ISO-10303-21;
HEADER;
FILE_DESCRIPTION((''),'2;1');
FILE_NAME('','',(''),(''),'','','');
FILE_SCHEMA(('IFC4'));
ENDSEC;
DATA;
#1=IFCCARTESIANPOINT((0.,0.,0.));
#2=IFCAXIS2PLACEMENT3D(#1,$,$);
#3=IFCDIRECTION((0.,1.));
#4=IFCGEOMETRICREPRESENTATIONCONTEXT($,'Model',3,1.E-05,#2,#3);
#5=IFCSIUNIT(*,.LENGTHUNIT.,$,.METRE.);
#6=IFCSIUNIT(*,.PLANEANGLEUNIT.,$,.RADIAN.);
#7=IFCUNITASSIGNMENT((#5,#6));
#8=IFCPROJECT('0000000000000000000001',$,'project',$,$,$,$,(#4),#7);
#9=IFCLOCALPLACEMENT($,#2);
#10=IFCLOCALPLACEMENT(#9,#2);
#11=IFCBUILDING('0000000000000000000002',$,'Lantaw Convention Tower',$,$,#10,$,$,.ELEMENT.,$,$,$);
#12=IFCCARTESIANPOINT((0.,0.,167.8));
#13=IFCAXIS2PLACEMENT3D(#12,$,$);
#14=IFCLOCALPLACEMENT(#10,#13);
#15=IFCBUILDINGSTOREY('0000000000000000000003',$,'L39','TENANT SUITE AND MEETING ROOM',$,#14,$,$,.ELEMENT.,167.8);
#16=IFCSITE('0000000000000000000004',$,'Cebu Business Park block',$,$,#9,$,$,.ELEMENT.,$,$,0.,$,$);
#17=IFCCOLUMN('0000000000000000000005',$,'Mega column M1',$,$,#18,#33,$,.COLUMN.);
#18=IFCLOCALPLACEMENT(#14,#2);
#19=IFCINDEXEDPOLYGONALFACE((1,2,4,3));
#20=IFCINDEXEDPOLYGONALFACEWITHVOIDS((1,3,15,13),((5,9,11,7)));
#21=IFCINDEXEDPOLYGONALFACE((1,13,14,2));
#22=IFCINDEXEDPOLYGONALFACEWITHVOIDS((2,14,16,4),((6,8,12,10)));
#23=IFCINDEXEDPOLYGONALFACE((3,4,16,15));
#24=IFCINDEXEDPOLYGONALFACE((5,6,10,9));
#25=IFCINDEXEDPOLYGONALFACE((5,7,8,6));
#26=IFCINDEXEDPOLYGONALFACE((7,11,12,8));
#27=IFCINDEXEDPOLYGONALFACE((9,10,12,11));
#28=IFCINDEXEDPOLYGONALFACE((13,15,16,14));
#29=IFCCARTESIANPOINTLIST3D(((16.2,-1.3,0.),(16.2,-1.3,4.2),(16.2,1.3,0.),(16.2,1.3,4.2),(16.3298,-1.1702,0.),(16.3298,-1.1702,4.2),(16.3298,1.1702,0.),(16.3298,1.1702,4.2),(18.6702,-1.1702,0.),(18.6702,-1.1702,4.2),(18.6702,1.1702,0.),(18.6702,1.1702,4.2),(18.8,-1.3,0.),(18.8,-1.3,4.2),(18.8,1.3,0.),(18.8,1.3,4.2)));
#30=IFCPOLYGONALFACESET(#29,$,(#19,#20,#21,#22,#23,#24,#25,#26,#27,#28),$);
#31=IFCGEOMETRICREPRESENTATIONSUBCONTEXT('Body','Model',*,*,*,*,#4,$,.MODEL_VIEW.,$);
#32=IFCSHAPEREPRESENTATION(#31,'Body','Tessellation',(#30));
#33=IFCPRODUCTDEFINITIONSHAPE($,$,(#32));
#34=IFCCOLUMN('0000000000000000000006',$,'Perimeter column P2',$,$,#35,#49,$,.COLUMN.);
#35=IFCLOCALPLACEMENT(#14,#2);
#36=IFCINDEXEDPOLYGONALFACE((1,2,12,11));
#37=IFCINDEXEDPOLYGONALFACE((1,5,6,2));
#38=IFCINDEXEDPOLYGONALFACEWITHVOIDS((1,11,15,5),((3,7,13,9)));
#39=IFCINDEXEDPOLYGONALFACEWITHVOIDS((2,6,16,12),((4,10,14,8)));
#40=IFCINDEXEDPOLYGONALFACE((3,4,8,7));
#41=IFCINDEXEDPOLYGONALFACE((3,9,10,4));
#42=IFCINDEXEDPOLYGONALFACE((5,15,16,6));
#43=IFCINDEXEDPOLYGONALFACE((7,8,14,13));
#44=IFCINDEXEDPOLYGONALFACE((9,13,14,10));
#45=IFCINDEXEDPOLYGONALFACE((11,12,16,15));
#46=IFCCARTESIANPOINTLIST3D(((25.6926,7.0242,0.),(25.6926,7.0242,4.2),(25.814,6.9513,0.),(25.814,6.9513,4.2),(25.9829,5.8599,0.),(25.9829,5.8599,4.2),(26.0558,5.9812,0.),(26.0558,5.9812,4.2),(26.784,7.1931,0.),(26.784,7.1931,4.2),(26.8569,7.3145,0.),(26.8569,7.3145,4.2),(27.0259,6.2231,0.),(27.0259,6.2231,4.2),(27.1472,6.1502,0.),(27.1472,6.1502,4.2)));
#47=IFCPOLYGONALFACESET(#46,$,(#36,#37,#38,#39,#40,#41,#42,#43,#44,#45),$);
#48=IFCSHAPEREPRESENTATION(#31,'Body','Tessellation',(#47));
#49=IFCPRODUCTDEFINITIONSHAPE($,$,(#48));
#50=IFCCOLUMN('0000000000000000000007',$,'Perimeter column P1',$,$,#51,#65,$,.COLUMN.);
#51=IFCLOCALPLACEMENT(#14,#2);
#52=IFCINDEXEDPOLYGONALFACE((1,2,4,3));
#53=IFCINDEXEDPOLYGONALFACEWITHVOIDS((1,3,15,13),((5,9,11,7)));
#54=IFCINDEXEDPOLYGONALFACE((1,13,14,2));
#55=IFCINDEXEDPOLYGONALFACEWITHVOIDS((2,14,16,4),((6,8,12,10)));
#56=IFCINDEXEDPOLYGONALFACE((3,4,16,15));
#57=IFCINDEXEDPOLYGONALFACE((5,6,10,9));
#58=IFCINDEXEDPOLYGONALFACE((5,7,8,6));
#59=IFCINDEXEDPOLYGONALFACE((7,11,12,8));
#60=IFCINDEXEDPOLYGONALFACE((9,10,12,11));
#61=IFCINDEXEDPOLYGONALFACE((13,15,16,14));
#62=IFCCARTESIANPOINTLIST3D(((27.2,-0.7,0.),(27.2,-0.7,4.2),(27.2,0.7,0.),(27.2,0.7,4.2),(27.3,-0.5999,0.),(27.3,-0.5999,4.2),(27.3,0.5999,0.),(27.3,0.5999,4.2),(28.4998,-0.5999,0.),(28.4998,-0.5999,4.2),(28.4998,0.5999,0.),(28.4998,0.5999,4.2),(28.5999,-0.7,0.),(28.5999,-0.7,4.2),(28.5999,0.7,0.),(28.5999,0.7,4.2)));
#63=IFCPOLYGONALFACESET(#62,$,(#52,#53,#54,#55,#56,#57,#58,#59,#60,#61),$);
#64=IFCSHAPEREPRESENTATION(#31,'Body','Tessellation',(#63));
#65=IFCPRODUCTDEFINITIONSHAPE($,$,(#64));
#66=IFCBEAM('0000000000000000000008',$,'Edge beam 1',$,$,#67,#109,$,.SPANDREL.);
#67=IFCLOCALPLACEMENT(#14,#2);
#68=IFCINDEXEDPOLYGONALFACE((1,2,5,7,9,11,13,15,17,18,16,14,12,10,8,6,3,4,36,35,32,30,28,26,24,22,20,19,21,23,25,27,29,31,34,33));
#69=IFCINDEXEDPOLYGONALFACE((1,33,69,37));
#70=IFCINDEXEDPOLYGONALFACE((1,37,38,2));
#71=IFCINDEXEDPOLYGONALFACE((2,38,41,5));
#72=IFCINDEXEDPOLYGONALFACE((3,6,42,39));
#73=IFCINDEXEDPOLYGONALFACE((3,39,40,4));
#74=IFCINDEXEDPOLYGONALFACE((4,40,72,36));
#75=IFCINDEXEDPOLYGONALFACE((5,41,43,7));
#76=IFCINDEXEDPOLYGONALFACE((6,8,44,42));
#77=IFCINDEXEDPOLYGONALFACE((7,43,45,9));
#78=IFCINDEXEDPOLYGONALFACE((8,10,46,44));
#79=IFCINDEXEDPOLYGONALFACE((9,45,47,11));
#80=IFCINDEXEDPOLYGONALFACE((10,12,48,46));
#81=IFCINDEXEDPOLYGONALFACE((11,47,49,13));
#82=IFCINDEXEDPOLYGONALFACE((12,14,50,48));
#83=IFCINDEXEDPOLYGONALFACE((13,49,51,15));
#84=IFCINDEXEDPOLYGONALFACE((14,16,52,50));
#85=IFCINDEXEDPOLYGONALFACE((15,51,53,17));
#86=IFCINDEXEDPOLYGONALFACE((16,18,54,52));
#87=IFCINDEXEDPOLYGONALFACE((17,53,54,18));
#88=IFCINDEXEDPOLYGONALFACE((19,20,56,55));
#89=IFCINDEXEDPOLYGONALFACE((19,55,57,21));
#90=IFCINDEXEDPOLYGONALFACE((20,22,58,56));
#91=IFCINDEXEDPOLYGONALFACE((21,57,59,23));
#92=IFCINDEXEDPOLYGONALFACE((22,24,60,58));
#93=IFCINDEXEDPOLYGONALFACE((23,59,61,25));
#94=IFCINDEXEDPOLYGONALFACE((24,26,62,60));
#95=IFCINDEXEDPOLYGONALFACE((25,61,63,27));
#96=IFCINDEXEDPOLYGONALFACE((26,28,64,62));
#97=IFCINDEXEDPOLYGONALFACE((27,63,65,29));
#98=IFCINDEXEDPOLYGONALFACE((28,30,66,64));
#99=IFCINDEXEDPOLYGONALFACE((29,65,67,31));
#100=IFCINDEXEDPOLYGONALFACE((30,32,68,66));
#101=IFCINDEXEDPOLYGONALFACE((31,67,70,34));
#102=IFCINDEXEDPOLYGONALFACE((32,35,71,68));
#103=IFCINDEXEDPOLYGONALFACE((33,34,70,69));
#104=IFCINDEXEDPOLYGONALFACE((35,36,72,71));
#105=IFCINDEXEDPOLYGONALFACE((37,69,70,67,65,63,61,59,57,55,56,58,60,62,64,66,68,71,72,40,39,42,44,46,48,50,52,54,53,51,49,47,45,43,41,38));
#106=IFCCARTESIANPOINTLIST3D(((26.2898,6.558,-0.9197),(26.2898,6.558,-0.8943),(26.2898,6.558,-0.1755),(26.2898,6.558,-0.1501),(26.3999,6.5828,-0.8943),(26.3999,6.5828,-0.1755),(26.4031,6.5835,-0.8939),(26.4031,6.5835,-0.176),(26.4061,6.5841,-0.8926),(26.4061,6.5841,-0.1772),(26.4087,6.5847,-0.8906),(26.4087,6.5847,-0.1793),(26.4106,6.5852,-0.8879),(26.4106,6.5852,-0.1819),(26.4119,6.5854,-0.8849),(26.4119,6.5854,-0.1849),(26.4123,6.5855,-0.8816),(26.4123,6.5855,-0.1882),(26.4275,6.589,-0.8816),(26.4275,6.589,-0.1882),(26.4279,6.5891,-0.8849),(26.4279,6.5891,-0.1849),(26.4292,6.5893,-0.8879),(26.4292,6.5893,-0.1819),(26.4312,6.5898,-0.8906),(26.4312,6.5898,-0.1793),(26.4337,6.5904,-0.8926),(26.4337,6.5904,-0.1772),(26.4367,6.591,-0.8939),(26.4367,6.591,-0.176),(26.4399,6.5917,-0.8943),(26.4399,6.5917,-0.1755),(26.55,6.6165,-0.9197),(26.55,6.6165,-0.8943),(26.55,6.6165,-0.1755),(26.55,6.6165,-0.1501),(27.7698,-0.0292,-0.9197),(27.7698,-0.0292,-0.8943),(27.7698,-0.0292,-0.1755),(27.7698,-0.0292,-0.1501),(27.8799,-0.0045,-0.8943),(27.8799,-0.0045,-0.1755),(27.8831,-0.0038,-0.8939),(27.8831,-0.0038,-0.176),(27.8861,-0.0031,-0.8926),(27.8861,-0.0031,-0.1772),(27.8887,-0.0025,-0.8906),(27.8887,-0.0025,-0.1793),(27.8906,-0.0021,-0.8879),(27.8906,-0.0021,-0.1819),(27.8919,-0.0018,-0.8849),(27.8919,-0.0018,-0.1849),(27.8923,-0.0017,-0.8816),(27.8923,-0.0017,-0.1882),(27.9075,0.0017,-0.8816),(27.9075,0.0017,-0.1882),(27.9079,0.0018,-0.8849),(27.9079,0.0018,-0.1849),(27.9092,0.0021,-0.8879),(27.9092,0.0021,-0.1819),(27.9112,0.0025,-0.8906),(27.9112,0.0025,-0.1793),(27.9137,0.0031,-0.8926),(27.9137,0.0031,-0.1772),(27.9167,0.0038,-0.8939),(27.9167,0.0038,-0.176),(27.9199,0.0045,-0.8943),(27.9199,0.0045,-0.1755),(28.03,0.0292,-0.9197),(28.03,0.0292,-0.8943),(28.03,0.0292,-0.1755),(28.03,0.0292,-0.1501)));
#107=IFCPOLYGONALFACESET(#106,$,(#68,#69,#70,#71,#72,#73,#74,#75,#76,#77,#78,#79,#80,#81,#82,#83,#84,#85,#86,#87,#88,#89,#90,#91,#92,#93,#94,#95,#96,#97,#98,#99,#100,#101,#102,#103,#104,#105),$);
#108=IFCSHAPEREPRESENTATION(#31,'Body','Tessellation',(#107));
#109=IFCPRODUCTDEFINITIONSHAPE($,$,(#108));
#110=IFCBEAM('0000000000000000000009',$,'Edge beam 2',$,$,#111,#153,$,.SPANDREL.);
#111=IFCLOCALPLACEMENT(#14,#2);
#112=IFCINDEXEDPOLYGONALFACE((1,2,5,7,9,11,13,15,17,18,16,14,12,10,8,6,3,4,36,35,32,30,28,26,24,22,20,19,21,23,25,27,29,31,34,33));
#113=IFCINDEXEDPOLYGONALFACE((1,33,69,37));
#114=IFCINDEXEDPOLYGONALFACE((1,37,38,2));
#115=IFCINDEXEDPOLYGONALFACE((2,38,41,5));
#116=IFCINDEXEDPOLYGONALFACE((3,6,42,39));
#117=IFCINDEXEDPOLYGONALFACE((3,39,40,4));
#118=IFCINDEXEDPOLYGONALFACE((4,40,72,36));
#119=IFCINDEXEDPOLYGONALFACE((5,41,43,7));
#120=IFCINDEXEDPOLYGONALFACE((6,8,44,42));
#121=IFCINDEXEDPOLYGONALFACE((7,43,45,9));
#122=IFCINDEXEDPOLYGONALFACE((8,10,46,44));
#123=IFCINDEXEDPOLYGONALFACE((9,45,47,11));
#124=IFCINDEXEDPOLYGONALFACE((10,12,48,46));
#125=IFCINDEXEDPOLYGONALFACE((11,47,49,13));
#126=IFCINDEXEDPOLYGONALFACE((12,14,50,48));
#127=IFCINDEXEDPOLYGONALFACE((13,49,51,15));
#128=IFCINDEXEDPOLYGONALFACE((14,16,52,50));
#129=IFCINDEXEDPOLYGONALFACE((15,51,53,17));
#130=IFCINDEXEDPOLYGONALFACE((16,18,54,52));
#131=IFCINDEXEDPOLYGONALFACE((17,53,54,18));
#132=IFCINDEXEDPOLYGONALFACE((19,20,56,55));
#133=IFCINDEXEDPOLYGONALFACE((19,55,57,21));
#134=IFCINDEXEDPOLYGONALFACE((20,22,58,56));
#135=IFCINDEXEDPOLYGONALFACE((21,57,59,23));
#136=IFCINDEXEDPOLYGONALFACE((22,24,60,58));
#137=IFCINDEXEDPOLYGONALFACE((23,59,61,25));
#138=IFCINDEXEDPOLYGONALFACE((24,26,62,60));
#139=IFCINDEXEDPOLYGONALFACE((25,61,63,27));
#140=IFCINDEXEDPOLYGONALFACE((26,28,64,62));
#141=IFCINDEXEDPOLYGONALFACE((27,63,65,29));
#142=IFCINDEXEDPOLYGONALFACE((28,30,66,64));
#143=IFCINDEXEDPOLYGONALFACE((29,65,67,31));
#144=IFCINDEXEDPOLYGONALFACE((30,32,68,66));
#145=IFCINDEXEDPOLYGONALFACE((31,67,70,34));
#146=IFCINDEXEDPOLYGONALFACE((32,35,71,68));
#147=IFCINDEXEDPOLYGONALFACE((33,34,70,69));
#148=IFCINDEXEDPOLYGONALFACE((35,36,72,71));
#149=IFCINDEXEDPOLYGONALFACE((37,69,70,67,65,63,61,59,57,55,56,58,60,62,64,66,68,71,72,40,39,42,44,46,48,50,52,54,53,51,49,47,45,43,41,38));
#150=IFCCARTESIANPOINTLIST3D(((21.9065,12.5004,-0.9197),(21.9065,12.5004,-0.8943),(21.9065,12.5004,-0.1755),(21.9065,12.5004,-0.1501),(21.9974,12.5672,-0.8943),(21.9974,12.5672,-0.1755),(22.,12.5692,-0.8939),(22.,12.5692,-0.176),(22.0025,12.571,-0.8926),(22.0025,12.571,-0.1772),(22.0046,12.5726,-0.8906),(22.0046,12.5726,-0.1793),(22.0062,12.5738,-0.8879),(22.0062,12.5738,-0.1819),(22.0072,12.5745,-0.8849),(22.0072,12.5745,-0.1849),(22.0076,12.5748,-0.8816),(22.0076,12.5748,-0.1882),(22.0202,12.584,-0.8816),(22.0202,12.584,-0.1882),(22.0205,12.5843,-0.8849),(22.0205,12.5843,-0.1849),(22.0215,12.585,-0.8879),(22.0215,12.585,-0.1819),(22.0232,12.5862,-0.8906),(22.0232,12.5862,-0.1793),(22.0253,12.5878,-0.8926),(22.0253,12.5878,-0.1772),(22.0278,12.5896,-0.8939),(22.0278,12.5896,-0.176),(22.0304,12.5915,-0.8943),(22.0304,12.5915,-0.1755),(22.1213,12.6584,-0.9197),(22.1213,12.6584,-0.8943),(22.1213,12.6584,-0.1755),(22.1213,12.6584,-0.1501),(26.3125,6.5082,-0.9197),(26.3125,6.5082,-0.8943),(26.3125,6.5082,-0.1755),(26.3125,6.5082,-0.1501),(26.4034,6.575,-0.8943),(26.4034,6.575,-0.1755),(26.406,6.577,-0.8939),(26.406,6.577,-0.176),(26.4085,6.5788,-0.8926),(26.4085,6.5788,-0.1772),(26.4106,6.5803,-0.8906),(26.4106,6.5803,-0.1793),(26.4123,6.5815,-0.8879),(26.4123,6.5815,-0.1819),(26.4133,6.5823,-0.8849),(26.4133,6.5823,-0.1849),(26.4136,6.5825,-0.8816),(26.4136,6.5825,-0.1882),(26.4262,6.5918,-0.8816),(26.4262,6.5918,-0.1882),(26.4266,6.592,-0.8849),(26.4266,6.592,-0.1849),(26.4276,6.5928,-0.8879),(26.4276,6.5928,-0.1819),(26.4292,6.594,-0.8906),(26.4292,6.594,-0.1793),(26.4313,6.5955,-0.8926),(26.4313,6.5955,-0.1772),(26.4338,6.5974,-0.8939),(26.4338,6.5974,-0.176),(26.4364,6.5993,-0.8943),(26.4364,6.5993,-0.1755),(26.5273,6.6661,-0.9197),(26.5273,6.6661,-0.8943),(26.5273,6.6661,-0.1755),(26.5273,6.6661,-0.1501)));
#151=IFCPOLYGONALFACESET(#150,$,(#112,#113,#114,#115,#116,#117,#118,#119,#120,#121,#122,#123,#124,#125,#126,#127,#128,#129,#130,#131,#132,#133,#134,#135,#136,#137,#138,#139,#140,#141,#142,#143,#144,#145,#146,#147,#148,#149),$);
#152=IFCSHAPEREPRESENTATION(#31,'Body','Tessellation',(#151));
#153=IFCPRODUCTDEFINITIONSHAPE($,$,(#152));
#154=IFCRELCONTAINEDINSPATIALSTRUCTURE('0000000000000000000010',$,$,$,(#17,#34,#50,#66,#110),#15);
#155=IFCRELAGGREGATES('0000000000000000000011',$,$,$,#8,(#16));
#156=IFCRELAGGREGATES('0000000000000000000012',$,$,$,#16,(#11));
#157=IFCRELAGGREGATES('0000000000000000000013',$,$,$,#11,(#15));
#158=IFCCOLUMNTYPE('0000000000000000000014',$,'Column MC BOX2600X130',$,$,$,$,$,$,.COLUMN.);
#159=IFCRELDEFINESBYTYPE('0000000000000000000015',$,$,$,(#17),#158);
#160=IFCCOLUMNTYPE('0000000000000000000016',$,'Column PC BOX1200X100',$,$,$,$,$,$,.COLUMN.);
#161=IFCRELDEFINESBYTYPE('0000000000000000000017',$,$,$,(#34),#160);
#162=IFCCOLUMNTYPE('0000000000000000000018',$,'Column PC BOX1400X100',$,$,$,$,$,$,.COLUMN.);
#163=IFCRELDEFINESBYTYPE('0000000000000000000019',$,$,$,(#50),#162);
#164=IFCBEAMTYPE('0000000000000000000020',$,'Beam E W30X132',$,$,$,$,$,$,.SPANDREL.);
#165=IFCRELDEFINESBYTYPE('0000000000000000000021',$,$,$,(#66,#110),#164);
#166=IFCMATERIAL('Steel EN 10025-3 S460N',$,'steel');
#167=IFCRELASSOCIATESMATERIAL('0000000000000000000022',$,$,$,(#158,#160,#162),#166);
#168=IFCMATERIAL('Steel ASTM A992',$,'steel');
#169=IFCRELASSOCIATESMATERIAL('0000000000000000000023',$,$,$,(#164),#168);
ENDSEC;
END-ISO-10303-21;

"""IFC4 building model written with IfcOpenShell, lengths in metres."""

from ifc_helpers import new_model, si_unit, direction, frame, origin, origin_2d, place, context, subcontext, project, spatial, rectangle, hollow_rectangle, i_section, extrude, material, material_profile, profile_set, type_object, element, save


model = new_model("IFC4")

# Units and contexts
model_context = context("Model", 3, precision=1e-05, world=origin(), true_north=direction((0.0, 1.0)))
body_context = subcontext(model_context, "Body", "Model", "MODEL_VIEW")
ifc_project = project(units=[si_unit("LENGTHUNIT", "METRE"), si_unit("PLANEANGLEUNIT", "RADIAN")], contexts=[model_context])

# Site, building, storey
site_placement = place(None, origin())
site = spatial("IfcSite", under=ifc_project, at=site_placement, Name="Cebu Business Park block", CompositionType="ELEMENT", RefElevation=0.0)
building_placement = place(site_placement, origin())
building = spatial("IfcBuilding", under=site, at=building_placement, Name="Lantaw Convention Tower", CompositionType="ELEMENT")
storey_placement = place(building_placement, frame((0.0, 0.0, 167.8)))
storey = spatial("IfcBuildingStorey", under=building, at=storey_placement, Name="L39", Description="TENANT SUITE AND MEETING ROOM", CompositionType="ELEMENT", Elevation=167.8)

# Columns
ifc_material_1 = material(Name="Steel EN 10025-3 S460N", Category="steel")
ifc_material_profile_1 = material_profile(ifc_material_1, hollow_rectangle(XDim=2.6001, YDim=2.6001, WallThickness=0.1299, at=origin_2d()), Name="BOX2600X130")
ifc_material_2 = material(Name="Concrete C60/75", Category="concrete")
ifc_material_profile_2 = material_profile(ifc_material_2, rectangle(XDim=2.3401, YDim=2.3401, at=origin_2d()), Name="Concrete fill of BOX2600X130")
ifc_profile_set_1 = profile_set([ifc_material_profile_1, ifc_material_profile_2], Name="Steel EN 10025-3 S460N")
column_type_1 = type_object("IfcColumnType", Name="Column MC BOX2600X130", PredefinedType="COLUMN", material=ifc_profile_set_1)
column_1_placement = place(storey_placement, frame((17.5, 0.0, 0.0), z_axis=(0.0, 0.0, 1.0), x_axis=(1.0, 0.0, 0.0)))
element("IfcColumn", 1, at=column_1_placement, inside=storey, type_object=column_type_1, Name="Mega column M1", PredefinedType="COLUMN", context=body_context, shape_type="SweptSolid", body=[
    extrude(hollow_rectangle(XDim=2.6001, YDim=2.6001, WallThickness=0.1299, at=origin_2d()), origin(), (0.0, 0.0, 1.0), 4.2),
])
ifc_material_profile_3 = material_profile(ifc_material_1, hollow_rectangle(XDim=1.2, YDim=1.2, WallThickness=0.1001, at=origin_2d()), Name="BOX1200X100")
ifc_material_profile_4 = material_profile(ifc_material_2, rectangle(XDim=1.0, YDim=1.0, at=origin_2d()), Name="Concrete fill of BOX1200X100")
ifc_profile_set_2 = profile_set([ifc_material_profile_3, ifc_material_profile_4], Name="Steel EN 10025-3 S460N")
column_type_2 = type_object("IfcColumnType", Name="Column PC BOX1200X100", PredefinedType="COLUMN", material=ifc_profile_set_2)
column_2_placement = place(storey_placement, frame((26.4199, 6.5872, 0.0), z_axis=(0.0, 0.0, 1.0), x_axis=(0.970296, 0.241922, 0.0)))
element("IfcColumn", 2, at=column_2_placement, inside=storey, type_object=column_type_2, Name="Perimeter column P2", PredefinedType="COLUMN", context=body_context, shape_type="SweptSolid", body=[
    extrude(hollow_rectangle(XDim=1.2, YDim=1.2, WallThickness=0.1001, at=origin_2d()), origin(), (0.0, 0.0, 1.0), 4.2),
])
ifc_material_profile_5 = material_profile(ifc_material_1, hollow_rectangle(XDim=1.3999, YDim=1.3999, WallThickness=0.1001, at=origin_2d()), Name="BOX1400X100")
ifc_material_profile_6 = material_profile(ifc_material_2, rectangle(XDim=1.2, YDim=1.2, at=origin_2d()), Name="Concrete fill of BOX1400X100")
ifc_profile_set_3 = profile_set([ifc_material_profile_5, ifc_material_profile_6], Name="Steel EN 10025-3 S460N")
column_type_3 = type_object("IfcColumnType", Name="Column PC BOX1400X100", PredefinedType="COLUMN", material=ifc_profile_set_3)
column_3_placement = place(storey_placement, frame((27.8999, 0.0, 0.0), z_axis=(0.0, 0.0, 1.0), x_axis=(1.0, 0.0, 0.0)))
element("IfcColumn", 3, at=column_3_placement, inside=storey, type_object=column_type_3, Name="Perimeter column P1", PredefinedType="COLUMN", context=body_context, shape_type="SweptSolid", body=[
    extrude(hollow_rectangle(XDim=1.3999, YDim=1.3999, WallThickness=0.1001, at=origin_2d()), origin(), (0.0, 0.0, 1.0), 4.2),
])

# Beams
ifc_material_3 = material(Name="Steel ASTM A992", Category="steel")
ifc_material_profile_7 = material_profile(ifc_material_3, i_section(OverallWidth=0.2666, OverallDepth=0.7695, WebThickness=0.0156, FlangeThickness=0.0254, FilletRadius=0.0127, at=origin_2d()), Name="W30X132")
ifc_profile_set_4 = profile_set([ifc_material_profile_7], Name="Steel ASTM A992")
beam_type_1 = type_object("IfcBeamType", Name="Beam E W30X132", PredefinedType="SPANDREL", material=ifc_profile_set_4)
beam_1_placement = place(storey_placement, frame((27.8999, 0.0, -0.5349), z_axis=(-0.219212, 0.975677, 0.0), x_axis=(-0.975677, -0.219212, 0.0)))
element("IfcBeam", 4, at=beam_1_placement, inside=storey, type_object=beam_type_1, Name="Edge beam 1", PredefinedType="SPANDREL", context=body_context, shape_type="SweptSolid", body=[
    extrude(i_section(OverallWidth=0.2666, OverallDepth=0.7695, WebThickness=0.0156, FlangeThickness=0.0254, FilletRadius=0.0127, at=origin_2d()), origin(), (0.0, 0.0, 1.0), 6.7515),
])
beam_2_placement = place(storey_placement, frame((26.4199, 6.5872, -0.5349), z_axis=(-0.592389, 0.805652, 0.0), x_axis=(-0.805652, -0.592389, 0.0)))
element("IfcBeam", 5, at=beam_2_placement, inside=storey, type_object=beam_type_1, Name="Edge beam 2", PredefinedType="SPANDREL", context=body_context, shape_type="SweptSolid", body=[
    extrude(i_section(OverallWidth=0.2666, OverallDepth=0.7695, WebThickness=0.0156, FlangeThickness=0.0254, FilletRadius=0.0127, at=origin_2d()), origin(), (0.0, 0.0, 1.0), 7.4377),
])

save(model, "model.ifc")
